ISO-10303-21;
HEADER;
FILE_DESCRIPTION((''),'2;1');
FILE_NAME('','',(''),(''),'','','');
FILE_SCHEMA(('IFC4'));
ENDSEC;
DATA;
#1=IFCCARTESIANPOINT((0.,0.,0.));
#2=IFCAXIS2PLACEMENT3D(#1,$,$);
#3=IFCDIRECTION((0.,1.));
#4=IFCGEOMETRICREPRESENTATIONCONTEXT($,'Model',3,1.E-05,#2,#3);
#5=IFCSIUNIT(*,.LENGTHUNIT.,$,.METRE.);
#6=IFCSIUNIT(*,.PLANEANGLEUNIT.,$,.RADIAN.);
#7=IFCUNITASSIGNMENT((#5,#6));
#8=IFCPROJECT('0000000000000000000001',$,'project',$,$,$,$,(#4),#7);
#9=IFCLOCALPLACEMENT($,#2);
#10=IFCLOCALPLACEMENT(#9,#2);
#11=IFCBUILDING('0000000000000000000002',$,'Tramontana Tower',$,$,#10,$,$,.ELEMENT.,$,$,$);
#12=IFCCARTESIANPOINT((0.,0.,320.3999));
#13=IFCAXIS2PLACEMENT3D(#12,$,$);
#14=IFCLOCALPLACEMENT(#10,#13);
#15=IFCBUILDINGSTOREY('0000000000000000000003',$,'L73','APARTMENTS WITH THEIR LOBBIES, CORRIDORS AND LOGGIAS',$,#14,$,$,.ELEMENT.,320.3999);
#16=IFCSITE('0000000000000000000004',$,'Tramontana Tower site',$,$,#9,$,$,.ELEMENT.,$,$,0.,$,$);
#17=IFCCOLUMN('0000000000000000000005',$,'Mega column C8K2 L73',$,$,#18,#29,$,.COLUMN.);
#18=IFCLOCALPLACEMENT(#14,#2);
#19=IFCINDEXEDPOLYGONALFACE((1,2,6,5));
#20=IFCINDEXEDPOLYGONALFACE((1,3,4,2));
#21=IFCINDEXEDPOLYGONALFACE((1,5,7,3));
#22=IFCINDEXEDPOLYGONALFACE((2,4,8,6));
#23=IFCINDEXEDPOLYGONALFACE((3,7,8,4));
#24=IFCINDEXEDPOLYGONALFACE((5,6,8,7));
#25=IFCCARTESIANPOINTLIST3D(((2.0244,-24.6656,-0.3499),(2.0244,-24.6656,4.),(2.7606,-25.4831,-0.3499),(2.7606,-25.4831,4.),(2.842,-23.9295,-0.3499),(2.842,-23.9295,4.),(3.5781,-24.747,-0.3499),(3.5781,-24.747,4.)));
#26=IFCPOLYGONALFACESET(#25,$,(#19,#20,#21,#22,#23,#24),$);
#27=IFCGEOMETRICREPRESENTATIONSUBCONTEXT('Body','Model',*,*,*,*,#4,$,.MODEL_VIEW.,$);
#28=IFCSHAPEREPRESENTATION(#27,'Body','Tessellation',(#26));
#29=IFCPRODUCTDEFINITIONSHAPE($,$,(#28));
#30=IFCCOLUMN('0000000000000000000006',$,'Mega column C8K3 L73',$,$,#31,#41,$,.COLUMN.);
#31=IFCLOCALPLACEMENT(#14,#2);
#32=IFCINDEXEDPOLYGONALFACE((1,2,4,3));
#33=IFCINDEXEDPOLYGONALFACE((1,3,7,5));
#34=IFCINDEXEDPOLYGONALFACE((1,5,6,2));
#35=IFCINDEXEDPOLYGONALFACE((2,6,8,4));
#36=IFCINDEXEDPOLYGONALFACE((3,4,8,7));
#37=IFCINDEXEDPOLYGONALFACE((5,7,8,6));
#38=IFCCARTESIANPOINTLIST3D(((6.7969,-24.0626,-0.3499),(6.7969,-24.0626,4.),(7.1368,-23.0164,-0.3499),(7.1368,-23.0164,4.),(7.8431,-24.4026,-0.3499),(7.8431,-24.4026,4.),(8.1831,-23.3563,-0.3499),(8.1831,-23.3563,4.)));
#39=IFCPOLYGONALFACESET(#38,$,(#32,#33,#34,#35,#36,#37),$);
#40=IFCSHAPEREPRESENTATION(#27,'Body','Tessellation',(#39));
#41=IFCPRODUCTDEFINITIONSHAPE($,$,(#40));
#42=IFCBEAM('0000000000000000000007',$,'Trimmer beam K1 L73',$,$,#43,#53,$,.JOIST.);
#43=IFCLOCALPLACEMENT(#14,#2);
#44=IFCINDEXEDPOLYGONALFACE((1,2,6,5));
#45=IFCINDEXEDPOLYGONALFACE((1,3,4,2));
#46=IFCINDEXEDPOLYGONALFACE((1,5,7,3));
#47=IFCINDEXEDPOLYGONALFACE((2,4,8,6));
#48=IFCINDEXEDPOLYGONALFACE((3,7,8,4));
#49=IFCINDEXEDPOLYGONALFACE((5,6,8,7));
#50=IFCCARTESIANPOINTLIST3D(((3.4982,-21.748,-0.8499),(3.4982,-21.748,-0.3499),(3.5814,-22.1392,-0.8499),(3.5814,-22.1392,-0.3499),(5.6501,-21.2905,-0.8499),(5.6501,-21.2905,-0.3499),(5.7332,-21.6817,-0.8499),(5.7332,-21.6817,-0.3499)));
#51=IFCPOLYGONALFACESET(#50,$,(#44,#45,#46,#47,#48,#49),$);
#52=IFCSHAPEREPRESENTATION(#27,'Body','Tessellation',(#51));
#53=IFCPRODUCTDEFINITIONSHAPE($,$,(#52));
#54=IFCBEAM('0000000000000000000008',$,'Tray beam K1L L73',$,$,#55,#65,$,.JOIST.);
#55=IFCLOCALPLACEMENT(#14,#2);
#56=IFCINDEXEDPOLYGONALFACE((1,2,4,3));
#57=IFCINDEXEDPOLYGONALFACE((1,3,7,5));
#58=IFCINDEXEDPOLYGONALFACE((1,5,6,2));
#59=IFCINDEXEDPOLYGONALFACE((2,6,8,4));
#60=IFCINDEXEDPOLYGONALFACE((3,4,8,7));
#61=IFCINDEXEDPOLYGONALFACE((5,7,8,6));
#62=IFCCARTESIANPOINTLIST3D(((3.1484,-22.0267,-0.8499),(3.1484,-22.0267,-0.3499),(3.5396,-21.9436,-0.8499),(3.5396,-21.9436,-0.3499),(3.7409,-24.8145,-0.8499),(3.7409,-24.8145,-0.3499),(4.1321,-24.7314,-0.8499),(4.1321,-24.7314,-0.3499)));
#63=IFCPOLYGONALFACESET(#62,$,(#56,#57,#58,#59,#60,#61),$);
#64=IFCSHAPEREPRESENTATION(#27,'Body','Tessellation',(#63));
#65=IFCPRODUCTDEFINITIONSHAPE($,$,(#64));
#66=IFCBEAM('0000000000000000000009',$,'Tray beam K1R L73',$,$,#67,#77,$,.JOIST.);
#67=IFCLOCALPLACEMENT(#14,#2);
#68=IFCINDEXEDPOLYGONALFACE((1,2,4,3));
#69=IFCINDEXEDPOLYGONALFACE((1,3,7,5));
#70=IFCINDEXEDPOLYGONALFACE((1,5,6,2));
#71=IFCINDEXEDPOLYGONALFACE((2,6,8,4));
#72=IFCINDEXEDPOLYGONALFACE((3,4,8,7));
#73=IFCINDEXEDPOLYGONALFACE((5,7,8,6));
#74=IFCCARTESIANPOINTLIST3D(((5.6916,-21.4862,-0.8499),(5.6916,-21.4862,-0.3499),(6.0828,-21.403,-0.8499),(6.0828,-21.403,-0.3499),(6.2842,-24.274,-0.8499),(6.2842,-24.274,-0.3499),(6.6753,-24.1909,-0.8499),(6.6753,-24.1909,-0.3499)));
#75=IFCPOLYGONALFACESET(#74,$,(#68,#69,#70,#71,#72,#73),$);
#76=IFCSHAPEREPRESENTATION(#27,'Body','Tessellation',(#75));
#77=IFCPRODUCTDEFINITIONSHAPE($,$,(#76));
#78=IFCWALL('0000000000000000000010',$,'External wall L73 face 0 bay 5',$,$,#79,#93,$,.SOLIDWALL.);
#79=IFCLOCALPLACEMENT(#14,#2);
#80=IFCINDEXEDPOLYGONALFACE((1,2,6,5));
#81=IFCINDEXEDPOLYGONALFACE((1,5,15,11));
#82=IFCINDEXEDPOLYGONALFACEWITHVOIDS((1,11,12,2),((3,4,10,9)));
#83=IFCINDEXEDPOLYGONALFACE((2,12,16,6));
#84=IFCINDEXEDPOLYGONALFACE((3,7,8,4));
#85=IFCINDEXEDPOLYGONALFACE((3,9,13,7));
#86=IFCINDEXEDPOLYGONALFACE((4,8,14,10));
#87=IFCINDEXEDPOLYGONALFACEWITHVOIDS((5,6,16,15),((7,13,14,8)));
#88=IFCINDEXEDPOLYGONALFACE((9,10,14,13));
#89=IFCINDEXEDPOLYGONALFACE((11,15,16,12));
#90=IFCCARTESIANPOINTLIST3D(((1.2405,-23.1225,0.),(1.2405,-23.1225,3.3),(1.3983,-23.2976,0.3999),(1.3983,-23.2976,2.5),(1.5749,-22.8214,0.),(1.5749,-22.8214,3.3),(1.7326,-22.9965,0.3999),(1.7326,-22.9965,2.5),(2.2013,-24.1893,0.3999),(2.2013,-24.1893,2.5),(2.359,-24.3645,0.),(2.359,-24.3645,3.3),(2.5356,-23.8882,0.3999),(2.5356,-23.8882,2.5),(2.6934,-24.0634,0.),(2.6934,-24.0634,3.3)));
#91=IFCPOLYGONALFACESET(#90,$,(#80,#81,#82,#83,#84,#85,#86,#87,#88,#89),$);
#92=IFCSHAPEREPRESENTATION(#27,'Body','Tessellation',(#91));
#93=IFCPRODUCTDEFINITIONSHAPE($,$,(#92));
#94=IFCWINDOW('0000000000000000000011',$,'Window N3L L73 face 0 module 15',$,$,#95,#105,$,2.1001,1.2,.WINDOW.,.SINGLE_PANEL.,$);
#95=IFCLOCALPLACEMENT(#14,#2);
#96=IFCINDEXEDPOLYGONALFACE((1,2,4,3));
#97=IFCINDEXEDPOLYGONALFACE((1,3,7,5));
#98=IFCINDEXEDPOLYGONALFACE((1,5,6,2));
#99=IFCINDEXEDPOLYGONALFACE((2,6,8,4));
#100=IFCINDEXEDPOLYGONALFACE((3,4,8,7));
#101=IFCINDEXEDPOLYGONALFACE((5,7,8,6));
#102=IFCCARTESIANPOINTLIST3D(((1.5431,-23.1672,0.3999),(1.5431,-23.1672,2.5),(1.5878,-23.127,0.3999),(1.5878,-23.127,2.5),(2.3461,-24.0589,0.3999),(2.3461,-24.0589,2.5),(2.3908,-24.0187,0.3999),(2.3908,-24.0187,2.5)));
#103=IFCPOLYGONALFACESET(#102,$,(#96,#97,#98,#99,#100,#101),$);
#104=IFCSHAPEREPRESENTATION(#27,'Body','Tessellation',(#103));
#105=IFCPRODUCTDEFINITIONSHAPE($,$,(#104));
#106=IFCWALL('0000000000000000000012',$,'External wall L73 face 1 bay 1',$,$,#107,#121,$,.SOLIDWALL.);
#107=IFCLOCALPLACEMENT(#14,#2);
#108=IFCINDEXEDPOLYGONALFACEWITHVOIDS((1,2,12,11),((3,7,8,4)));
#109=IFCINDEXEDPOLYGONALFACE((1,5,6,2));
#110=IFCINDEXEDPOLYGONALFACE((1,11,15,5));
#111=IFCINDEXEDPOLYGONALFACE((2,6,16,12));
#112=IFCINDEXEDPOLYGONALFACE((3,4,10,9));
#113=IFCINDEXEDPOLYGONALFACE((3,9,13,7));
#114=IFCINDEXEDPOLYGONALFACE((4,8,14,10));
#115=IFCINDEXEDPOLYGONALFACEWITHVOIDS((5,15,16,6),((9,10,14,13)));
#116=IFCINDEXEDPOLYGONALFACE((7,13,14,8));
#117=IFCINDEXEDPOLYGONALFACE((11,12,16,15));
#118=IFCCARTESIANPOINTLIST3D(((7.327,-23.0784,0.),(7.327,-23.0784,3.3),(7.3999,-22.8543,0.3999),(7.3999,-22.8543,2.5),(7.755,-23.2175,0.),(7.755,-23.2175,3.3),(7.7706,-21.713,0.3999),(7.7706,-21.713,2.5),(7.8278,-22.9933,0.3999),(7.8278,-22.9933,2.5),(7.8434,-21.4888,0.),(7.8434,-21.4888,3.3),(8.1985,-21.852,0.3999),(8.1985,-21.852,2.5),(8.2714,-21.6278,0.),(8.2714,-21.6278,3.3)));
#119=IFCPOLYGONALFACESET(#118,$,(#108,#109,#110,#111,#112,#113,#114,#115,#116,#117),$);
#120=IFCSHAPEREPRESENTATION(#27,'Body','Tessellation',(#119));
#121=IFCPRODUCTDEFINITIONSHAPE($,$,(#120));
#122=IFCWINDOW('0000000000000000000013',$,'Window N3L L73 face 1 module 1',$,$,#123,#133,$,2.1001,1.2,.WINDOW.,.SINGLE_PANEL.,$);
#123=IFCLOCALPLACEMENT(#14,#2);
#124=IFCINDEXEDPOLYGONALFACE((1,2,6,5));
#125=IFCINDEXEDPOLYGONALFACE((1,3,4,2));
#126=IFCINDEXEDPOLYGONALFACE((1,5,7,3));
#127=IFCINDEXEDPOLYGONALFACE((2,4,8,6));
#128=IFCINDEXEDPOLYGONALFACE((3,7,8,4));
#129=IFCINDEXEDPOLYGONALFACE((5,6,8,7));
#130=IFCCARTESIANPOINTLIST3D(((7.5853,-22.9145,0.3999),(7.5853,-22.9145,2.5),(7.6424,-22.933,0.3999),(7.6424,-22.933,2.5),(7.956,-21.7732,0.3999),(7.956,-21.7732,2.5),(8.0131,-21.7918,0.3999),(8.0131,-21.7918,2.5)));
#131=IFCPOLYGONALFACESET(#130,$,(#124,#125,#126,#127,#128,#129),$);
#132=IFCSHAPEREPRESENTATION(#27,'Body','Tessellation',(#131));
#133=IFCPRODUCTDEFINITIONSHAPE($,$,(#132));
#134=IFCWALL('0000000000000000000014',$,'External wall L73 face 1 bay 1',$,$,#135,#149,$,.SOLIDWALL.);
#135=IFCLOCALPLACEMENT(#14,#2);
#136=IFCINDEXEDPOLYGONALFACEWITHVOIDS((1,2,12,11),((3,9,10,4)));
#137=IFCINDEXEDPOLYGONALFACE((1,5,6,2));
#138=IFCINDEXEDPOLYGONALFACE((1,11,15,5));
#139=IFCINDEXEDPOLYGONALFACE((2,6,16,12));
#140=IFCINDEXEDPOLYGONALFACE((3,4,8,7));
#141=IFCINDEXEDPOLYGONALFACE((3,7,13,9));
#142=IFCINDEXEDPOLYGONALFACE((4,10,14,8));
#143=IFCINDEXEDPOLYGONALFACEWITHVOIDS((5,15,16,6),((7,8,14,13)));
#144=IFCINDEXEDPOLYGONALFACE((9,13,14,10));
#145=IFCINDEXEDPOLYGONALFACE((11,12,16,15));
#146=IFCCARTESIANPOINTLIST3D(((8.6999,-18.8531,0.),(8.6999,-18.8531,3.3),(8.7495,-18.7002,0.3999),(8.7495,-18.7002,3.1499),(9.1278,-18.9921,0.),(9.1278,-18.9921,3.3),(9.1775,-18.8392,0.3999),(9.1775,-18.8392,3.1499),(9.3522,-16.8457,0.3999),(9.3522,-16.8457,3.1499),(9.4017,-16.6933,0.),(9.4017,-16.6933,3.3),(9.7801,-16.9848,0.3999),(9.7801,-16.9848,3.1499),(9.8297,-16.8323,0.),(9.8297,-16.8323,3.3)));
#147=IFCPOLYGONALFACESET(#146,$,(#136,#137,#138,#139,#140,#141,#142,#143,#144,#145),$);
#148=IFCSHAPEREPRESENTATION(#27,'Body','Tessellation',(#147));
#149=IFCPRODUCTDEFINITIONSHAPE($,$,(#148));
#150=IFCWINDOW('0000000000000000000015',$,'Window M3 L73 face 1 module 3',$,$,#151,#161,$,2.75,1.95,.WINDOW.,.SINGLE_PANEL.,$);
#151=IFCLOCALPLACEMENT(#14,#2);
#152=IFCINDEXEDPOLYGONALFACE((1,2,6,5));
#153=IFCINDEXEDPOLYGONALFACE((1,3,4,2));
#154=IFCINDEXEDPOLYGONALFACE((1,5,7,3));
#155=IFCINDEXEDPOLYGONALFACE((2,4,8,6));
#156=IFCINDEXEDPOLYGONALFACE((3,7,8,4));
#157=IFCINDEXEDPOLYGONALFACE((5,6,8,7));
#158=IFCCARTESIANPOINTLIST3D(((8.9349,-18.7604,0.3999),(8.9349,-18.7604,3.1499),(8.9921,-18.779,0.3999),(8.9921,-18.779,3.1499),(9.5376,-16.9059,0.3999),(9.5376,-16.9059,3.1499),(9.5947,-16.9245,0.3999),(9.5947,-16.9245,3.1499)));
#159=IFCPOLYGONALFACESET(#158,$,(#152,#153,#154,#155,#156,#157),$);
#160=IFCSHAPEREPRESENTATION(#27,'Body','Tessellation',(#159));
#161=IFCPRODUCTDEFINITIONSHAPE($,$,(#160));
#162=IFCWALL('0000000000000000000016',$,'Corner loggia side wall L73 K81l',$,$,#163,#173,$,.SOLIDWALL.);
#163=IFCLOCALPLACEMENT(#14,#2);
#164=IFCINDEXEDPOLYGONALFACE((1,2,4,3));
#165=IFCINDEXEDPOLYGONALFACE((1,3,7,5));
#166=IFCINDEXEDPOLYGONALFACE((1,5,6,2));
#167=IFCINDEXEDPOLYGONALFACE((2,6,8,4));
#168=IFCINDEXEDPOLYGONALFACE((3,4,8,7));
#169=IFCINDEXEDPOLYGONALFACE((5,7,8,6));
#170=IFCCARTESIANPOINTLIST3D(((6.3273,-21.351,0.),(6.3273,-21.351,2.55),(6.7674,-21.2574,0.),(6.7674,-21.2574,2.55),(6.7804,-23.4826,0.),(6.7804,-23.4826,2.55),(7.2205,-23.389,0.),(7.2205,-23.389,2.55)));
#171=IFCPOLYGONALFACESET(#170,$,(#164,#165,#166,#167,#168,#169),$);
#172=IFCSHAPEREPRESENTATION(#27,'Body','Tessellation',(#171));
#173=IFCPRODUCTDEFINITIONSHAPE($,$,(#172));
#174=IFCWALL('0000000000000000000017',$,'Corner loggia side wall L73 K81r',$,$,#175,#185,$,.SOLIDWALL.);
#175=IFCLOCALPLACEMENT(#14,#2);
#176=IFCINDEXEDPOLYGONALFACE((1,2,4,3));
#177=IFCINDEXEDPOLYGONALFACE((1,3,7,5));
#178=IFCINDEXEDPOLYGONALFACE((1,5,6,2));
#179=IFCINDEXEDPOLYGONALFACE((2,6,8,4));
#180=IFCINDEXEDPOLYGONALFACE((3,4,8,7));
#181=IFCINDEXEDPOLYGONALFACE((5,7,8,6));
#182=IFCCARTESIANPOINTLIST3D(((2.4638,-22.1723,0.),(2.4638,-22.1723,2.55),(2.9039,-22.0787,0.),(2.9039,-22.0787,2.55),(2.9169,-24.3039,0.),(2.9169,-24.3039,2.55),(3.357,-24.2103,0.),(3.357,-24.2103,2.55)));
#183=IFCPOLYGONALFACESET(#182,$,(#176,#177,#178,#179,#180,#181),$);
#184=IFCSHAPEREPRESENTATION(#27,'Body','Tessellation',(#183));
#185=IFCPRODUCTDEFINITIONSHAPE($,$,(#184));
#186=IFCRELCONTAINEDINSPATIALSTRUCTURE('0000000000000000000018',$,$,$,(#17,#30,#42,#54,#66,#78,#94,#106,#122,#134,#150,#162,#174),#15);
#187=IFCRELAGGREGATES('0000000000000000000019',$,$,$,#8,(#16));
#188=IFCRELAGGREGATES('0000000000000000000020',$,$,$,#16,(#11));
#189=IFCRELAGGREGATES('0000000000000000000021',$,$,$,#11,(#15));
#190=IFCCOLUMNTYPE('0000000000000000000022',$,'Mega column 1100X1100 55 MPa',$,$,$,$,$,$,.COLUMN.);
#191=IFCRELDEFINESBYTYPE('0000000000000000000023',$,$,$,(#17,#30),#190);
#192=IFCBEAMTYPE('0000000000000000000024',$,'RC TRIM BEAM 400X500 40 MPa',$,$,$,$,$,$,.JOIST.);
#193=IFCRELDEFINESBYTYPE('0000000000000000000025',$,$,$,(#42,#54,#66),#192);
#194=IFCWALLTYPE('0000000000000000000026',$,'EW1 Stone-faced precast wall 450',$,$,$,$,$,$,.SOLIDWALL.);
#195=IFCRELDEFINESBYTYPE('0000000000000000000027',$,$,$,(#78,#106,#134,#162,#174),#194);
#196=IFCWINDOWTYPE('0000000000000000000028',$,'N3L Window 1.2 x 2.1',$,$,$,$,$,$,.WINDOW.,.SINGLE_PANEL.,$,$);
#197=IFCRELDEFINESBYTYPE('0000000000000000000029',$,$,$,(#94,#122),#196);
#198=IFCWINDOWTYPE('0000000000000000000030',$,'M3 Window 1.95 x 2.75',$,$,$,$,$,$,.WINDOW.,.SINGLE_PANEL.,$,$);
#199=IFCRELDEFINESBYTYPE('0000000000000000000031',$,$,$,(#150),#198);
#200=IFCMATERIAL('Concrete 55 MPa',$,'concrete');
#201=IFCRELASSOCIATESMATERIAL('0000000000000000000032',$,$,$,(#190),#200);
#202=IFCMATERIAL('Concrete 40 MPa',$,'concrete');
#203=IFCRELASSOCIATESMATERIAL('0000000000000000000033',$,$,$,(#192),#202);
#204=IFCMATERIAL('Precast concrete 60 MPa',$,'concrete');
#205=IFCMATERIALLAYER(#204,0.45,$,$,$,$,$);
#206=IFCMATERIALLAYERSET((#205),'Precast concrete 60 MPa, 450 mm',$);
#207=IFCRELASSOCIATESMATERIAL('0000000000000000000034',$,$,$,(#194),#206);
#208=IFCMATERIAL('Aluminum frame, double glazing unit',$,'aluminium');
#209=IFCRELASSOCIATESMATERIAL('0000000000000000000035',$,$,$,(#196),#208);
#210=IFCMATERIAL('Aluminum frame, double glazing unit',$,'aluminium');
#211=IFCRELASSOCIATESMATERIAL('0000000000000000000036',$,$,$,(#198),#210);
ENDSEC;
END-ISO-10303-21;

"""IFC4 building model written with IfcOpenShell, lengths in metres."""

from ifc_helpers import new_model, si_unit, direction, frame, frame_2d, origin, origin_2d, place, context, subcontext, project, spatial, rectangle, extrude, material, layer, layer_set, material_profile, profile_set, type_object, element, fill, save


model = new_model("IFC4")

# Units and contexts
model_context = context("Model", 3, precision=1e-05, world=origin(), true_north=direction((0.0, 1.0)))
body_context = subcontext(model_context, "Body", "Model", "MODEL_VIEW")
ifc_project = project(units=[si_unit("LENGTHUNIT", "METRE"), si_unit("PLANEANGLEUNIT", "RADIAN")], contexts=[model_context])

# Site, building, storey
site_placement = place(None, origin())
site = spatial("IfcSite", under=ifc_project, at=site_placement, Name="Tramontana Tower site", CompositionType="ELEMENT", RefElevation=0.0)
building_placement = place(site_placement, origin())
building = spatial("IfcBuilding", under=site, at=building_placement, Name="Tramontana Tower", CompositionType="ELEMENT")
storey_placement = place(building_placement, frame((0.0, 0.0, 320.3999)))
storey = spatial("IfcBuildingStorey", under=building, at=storey_placement, Name="L73", Description="APARTMENTS WITH THEIR LOBBIES, CORRIDORS AND LOGGIAS", CompositionType="ELEMENT", Elevation=320.3999)

# Columns
ifc_material_1 = material(Name="Concrete 55 MPa", Category="concrete")
ifc_material_profile_1 = material_profile(ifc_material_1, rectangle(XDim=1.1001, YDim=1.1001, at=origin_2d()), Name="Mega column 1100X1100 55 MPa")
ifc_profile_set_1 = profile_set([ifc_material_profile_1], Name="Concrete 55 MPa")
column_type = type_object("IfcColumnType", Name="Mega column 1100X1100 55 MPa", PredefinedType="COLUMN", material=ifc_profile_set_1)
for number, where, z_axis, x_axis, name in (
    (1, (2.8013, -24.7063, -0.3499), (0.0, 0.0, 1.0), (0.669131, -0.743145, 0.0), "Mega column C8K2 L73"),
    (2, (7.49, -23.7095, -0.3499), (0.0, 0.0, 1.0), (0.309017, 0.951057, 0.0), "Mega column C8K3 L73"),
):
    element("IfcColumn", number, at=place(storey_placement, frame(where, z_axis=z_axis, x_axis=x_axis)), inside=storey, type_object=column_type, Name=name, PredefinedType="COLUMN", context=body_context, shape_type="SweptSolid", body=[
        extrude(rectangle(XDim=1.1001, YDim=1.1001, at=origin_2d()), origin(), (0.0, 0.0, 1.0), 4.3499),
    ])

# Beams
ifc_material_2 = material(Name="Concrete 40 MPa", Category="concrete")
ifc_material_profile_2 = material_profile(ifc_material_2, rectangle(XDim=0.3999, YDim=0.5, at=origin_2d()), Name="RC TRIM BEAM 400X500 40 MPa")
ifc_profile_set_2 = profile_set([ifc_material_profile_2], Name="Concrete 40 MPa")
beam_type = type_object("IfcBeamType", Name="RC TRIM BEAM 400X500 40 MPa", PredefinedType="JOIST", material=ifc_profile_set_2)
beam_placement = place(storey_placement, frame((3.5398, -21.9436, -0.5999), z_axis=(0.978136, 0.207968, 0.0), x_axis=(-0.207968, 0.978136, 0.0)))
element("IfcBeam", 3, at=beam_placement, inside=storey, type_object=beam_type, Name="Trimmer beam K1 L73", PredefinedType="JOIST", context=body_context, shape_type="SweptSolid", body=[
    extrude(rectangle(XDim=0.3999, YDim=0.5, at=origin_2d()), origin(), (0.0, 0.0, 1.0), 2.2),
])
for number, where, z_axis, x_axis, name in (
    (4, (3.9365, -24.7729, -0.5999), (-0.207897, 0.978151, 0.0), (-0.978151, -0.207897, 0.0), "Tray beam K1L L73"),
    (5, (6.4797, -24.2324, -0.5999), (-0.207897, 0.978151, 0.0), (-0.978151, -0.207897, 0.0), "Tray beam K1R L73"),
):
    element("IfcBeam", number, at=place(storey_placement, frame(where, z_axis=z_axis, x_axis=x_axis)), inside=storey, type_object=beam_type, Name=name, PredefinedType="JOIST", context=body_context, shape_type="SweptSolid", body=[
        extrude(rectangle(XDim=0.3999, YDim=0.5, at=origin_2d()), origin(), (0.0, 0.0, 1.0), 2.8501),
    ])

# Walls, openings, windows
ifc_material_3 = material(Name="Precast concrete 60 MPa", Category="concrete")
ifc_layer_1 = layer(ifc_material_3, 0.45)
ifc_layer_set_1 = layer_set([ifc_layer_1], Name="Precast concrete 60 MPa, 450 mm")
wall_type_1 = type_object("IfcWallType", Name="EW1 Stone-faced precast wall 450", PredefinedType="SOLIDWALL", material=ifc_layer_set_1)
wall_1_placement = place(storey_placement, frame((1.4077, -22.9719, 0.0), z_axis=(0.0, 0.0, 1.0), x_axis=(0.669183, -0.743098, 0.0)))
wall_1 = element("IfcWall", 6, at=wall_1_placement, inside=storey, type_object=wall_type_1, Name="External wall L73 face 0 bay 5", PredefinedType="SOLIDWALL", context=body_context, shape_type="SweptSolid", body=[
    extrude(rectangle(XDim=1.6714, YDim=0.45, at=frame_2d((0.8357, 0.0))), origin(), (0.0, 0.0, 1.0), 3.3),
])
opening_1_placement = place(wall_1_placement, frame((0.2356, 0.0, 0.3999)))
opening_1 = element("IfcOpeningElement", 7, at=opening_1_placement, cuts=wall_1, PredefinedType="OPENING", context=body_context, shape_type="SweptSolid", body=[
    extrude(rectangle(XDim=1.2, YDim=2.1001, at=frame_2d((0.6001, 1.05))), frame((0.0, 0.2349, 0.0), z_axis=(0.0, -1.0, 0.0), x_axis=(1.0, 0.0, 0.0)), (0.0, 0.0, 1.0), 0.47),
])
ifc_material_4 = material(Name="Aluminum frame, double glazing unit", Category="aluminium")
window_type_1 = type_object("IfcWindowType", Name="N3L Window 1.2 x 2.1", PartitioningType="SINGLE_PANEL", PredefinedType="WINDOW", material=ifc_material_4)
window_1_placement = place(opening_1_placement, origin())
window_1 = element("IfcWindow", 8, at=window_1_placement, inside=storey, type_object=window_type_1, Name="Window N3L L73 face 0 module 15", OverallHeight=2.1001, OverallWidth=1.2, PartitioningType="SINGLE_PANEL", PredefinedType="WINDOW", context=body_context, shape_type="SweptSolid", body=[
    extrude(rectangle(XDim=1.2, YDim=2.1001, at=frame_2d((0.6001, 1.05))), frame((0.0, 0.03, 0.0), z_axis=(0.0, -1.0, 0.0), x_axis=(1.0, 0.0, 0.0)), (0.0, 0.0, 1.0), 0.0601),
])
fill(opening_1, window_1)
wall_2_placement = place(storey_placement, frame((7.541, -23.1479, 0.0), z_axis=(0.0, 0.0, 1.0), x_axis=(0.308944, 0.95108, 0.0)))
wall_2 = element("IfcWall", 9, at=wall_2_placement, inside=storey, type_object=wall_type_1, Name="External wall L73 face 1 bay 1", PredefinedType="SOLIDWALL", context=body_context, shape_type="SweptSolid", body=[
    extrude(rectangle(XDim=1.6714, YDim=0.45, at=frame_2d((0.8357, 0.0))), origin(), (0.0, 0.0, 1.0), 3.3),
])
opening_2_placement = place(wall_2_placement, frame((0.2356, 0.0, 0.3999)))
opening_2 = element("IfcOpeningElement", 10, at=opening_2_placement, cuts=wall_2, PredefinedType="OPENING", context=body_context, shape_type="SweptSolid", body=[
    extrude(rectangle(XDim=1.2, YDim=2.1001, at=frame_2d((0.6001, 1.05))), frame((0.0, 0.2349, 0.0), z_axis=(0.0, -1.0, 0.0), x_axis=(1.0, 0.0, 0.0)), (0.0, 0.0, 1.0), 0.47),
])
window_2_placement = place(opening_2_placement, origin())
window_2 = element("IfcWindow", 11, at=window_2_placement, inside=storey, type_object=window_type_1, Name="Window N3L L73 face 1 module 1", OverallHeight=2.1001, OverallWidth=1.2, PartitioningType="SINGLE_PANEL", PredefinedType="WINDOW", context=body_context, shape_type="SweptSolid", body=[
    extrude(rectangle(XDim=1.2, YDim=2.1001, at=frame_2d((0.6001, 1.05))), frame((0.0, 0.03, 0.0), z_axis=(0.0, -1.0, 0.0), x_axis=(1.0, 0.0, 0.0)), (0.0, 0.0, 1.0), 0.0601),
])
fill(opening_2, window_2)
wall_3_placement = place(storey_placement, frame((8.9138, -18.9226, 0.0), z_axis=(0.0, 0.0, 1.0), x_axis=(0.309059, 0.951043, 0.0)))
wall_3 = element("IfcWall", 12, at=wall_3_placement, inside=storey, type_object=wall_type_1, Name="External wall L73 face 1 bay 1", PredefinedType="SOLIDWALL", context=body_context, shape_type="SweptSolid", body=[
    extrude(rectangle(XDim=2.271, YDim=0.45, at=frame_2d((1.1355, 0.0))), origin(), (0.0, 0.0, 1.0), 3.3),
])
opening_3_placement = place(wall_3_placement, frame((0.1606, 0.0, 0.3999)))
opening_3 = element("IfcOpeningElement", 13, at=opening_3_placement, cuts=wall_3, PredefinedType="OPENING", context=body_context, shape_type="SweptSolid", body=[
    extrude(rectangle(XDim=1.95, YDim=2.75, at=frame_2d((0.9751, 1.375))), frame((0.0, 0.2349, 0.0), z_axis=(0.0, -1.0, 0.0), x_axis=(1.0, 0.0, 0.0)), (0.0, 0.0, 1.0), 0.47),
])
ifc_material_5 = material(Name="Aluminum frame, double glazing unit", Category="aluminium")
window_type_2 = type_object("IfcWindowType", Name="M3 Window 1.95 x 2.75", PartitioningType="SINGLE_PANEL", PredefinedType="WINDOW", material=ifc_material_5)
window_3_placement = place(opening_3_placement, origin())
window_3 = element("IfcWindow", 14, at=window_3_placement, inside=storey, type_object=window_type_2, Name="Window M3 L73 face 1 module 3", OverallHeight=2.75, OverallWidth=1.95, PartitioningType="SINGLE_PANEL", PredefinedType="WINDOW", context=body_context, shape_type="SweptSolid", body=[
    extrude(rectangle(XDim=1.95, YDim=2.75, at=frame_2d((0.9751, 1.375))), frame((0.0, 0.03, 0.0), z_axis=(0.0, -1.0, 0.0), x_axis=(1.0, 0.0, 0.0)), (0.0, 0.0, 1.0), 0.0601),
])
fill(opening_3, window_3)

# Walls
for number, where, z_axis, x_axis, name in (
    (15, (7.0005, -23.4358, 0.0), (0.0, 0.0, 1.0), (-0.20793, 0.978144, 0.0), "Corner loggia side wall L73 K81l"),
    (16, (3.137, -24.2571, 0.0), (0.0, 0.0, 1.0), (-0.20793, 0.978144, 0.0), "Corner loggia side wall L73 K81r"),
):
    element("IfcWall", number, at=place(storey_placement, frame(where, z_axis=z_axis, x_axis=x_axis)), inside=storey, type_object=wall_type_1, Name=name, PredefinedType="SOLIDWALL", context=body_context, shape_type="SweptSolid", body=[
        extrude(rectangle(XDim=2.1792, YDim=0.45, at=frame_2d((1.0896, 0.0))), origin(), (0.0, 0.0, 1.0), 2.55),
    ])

save(model, "model.ifc")
